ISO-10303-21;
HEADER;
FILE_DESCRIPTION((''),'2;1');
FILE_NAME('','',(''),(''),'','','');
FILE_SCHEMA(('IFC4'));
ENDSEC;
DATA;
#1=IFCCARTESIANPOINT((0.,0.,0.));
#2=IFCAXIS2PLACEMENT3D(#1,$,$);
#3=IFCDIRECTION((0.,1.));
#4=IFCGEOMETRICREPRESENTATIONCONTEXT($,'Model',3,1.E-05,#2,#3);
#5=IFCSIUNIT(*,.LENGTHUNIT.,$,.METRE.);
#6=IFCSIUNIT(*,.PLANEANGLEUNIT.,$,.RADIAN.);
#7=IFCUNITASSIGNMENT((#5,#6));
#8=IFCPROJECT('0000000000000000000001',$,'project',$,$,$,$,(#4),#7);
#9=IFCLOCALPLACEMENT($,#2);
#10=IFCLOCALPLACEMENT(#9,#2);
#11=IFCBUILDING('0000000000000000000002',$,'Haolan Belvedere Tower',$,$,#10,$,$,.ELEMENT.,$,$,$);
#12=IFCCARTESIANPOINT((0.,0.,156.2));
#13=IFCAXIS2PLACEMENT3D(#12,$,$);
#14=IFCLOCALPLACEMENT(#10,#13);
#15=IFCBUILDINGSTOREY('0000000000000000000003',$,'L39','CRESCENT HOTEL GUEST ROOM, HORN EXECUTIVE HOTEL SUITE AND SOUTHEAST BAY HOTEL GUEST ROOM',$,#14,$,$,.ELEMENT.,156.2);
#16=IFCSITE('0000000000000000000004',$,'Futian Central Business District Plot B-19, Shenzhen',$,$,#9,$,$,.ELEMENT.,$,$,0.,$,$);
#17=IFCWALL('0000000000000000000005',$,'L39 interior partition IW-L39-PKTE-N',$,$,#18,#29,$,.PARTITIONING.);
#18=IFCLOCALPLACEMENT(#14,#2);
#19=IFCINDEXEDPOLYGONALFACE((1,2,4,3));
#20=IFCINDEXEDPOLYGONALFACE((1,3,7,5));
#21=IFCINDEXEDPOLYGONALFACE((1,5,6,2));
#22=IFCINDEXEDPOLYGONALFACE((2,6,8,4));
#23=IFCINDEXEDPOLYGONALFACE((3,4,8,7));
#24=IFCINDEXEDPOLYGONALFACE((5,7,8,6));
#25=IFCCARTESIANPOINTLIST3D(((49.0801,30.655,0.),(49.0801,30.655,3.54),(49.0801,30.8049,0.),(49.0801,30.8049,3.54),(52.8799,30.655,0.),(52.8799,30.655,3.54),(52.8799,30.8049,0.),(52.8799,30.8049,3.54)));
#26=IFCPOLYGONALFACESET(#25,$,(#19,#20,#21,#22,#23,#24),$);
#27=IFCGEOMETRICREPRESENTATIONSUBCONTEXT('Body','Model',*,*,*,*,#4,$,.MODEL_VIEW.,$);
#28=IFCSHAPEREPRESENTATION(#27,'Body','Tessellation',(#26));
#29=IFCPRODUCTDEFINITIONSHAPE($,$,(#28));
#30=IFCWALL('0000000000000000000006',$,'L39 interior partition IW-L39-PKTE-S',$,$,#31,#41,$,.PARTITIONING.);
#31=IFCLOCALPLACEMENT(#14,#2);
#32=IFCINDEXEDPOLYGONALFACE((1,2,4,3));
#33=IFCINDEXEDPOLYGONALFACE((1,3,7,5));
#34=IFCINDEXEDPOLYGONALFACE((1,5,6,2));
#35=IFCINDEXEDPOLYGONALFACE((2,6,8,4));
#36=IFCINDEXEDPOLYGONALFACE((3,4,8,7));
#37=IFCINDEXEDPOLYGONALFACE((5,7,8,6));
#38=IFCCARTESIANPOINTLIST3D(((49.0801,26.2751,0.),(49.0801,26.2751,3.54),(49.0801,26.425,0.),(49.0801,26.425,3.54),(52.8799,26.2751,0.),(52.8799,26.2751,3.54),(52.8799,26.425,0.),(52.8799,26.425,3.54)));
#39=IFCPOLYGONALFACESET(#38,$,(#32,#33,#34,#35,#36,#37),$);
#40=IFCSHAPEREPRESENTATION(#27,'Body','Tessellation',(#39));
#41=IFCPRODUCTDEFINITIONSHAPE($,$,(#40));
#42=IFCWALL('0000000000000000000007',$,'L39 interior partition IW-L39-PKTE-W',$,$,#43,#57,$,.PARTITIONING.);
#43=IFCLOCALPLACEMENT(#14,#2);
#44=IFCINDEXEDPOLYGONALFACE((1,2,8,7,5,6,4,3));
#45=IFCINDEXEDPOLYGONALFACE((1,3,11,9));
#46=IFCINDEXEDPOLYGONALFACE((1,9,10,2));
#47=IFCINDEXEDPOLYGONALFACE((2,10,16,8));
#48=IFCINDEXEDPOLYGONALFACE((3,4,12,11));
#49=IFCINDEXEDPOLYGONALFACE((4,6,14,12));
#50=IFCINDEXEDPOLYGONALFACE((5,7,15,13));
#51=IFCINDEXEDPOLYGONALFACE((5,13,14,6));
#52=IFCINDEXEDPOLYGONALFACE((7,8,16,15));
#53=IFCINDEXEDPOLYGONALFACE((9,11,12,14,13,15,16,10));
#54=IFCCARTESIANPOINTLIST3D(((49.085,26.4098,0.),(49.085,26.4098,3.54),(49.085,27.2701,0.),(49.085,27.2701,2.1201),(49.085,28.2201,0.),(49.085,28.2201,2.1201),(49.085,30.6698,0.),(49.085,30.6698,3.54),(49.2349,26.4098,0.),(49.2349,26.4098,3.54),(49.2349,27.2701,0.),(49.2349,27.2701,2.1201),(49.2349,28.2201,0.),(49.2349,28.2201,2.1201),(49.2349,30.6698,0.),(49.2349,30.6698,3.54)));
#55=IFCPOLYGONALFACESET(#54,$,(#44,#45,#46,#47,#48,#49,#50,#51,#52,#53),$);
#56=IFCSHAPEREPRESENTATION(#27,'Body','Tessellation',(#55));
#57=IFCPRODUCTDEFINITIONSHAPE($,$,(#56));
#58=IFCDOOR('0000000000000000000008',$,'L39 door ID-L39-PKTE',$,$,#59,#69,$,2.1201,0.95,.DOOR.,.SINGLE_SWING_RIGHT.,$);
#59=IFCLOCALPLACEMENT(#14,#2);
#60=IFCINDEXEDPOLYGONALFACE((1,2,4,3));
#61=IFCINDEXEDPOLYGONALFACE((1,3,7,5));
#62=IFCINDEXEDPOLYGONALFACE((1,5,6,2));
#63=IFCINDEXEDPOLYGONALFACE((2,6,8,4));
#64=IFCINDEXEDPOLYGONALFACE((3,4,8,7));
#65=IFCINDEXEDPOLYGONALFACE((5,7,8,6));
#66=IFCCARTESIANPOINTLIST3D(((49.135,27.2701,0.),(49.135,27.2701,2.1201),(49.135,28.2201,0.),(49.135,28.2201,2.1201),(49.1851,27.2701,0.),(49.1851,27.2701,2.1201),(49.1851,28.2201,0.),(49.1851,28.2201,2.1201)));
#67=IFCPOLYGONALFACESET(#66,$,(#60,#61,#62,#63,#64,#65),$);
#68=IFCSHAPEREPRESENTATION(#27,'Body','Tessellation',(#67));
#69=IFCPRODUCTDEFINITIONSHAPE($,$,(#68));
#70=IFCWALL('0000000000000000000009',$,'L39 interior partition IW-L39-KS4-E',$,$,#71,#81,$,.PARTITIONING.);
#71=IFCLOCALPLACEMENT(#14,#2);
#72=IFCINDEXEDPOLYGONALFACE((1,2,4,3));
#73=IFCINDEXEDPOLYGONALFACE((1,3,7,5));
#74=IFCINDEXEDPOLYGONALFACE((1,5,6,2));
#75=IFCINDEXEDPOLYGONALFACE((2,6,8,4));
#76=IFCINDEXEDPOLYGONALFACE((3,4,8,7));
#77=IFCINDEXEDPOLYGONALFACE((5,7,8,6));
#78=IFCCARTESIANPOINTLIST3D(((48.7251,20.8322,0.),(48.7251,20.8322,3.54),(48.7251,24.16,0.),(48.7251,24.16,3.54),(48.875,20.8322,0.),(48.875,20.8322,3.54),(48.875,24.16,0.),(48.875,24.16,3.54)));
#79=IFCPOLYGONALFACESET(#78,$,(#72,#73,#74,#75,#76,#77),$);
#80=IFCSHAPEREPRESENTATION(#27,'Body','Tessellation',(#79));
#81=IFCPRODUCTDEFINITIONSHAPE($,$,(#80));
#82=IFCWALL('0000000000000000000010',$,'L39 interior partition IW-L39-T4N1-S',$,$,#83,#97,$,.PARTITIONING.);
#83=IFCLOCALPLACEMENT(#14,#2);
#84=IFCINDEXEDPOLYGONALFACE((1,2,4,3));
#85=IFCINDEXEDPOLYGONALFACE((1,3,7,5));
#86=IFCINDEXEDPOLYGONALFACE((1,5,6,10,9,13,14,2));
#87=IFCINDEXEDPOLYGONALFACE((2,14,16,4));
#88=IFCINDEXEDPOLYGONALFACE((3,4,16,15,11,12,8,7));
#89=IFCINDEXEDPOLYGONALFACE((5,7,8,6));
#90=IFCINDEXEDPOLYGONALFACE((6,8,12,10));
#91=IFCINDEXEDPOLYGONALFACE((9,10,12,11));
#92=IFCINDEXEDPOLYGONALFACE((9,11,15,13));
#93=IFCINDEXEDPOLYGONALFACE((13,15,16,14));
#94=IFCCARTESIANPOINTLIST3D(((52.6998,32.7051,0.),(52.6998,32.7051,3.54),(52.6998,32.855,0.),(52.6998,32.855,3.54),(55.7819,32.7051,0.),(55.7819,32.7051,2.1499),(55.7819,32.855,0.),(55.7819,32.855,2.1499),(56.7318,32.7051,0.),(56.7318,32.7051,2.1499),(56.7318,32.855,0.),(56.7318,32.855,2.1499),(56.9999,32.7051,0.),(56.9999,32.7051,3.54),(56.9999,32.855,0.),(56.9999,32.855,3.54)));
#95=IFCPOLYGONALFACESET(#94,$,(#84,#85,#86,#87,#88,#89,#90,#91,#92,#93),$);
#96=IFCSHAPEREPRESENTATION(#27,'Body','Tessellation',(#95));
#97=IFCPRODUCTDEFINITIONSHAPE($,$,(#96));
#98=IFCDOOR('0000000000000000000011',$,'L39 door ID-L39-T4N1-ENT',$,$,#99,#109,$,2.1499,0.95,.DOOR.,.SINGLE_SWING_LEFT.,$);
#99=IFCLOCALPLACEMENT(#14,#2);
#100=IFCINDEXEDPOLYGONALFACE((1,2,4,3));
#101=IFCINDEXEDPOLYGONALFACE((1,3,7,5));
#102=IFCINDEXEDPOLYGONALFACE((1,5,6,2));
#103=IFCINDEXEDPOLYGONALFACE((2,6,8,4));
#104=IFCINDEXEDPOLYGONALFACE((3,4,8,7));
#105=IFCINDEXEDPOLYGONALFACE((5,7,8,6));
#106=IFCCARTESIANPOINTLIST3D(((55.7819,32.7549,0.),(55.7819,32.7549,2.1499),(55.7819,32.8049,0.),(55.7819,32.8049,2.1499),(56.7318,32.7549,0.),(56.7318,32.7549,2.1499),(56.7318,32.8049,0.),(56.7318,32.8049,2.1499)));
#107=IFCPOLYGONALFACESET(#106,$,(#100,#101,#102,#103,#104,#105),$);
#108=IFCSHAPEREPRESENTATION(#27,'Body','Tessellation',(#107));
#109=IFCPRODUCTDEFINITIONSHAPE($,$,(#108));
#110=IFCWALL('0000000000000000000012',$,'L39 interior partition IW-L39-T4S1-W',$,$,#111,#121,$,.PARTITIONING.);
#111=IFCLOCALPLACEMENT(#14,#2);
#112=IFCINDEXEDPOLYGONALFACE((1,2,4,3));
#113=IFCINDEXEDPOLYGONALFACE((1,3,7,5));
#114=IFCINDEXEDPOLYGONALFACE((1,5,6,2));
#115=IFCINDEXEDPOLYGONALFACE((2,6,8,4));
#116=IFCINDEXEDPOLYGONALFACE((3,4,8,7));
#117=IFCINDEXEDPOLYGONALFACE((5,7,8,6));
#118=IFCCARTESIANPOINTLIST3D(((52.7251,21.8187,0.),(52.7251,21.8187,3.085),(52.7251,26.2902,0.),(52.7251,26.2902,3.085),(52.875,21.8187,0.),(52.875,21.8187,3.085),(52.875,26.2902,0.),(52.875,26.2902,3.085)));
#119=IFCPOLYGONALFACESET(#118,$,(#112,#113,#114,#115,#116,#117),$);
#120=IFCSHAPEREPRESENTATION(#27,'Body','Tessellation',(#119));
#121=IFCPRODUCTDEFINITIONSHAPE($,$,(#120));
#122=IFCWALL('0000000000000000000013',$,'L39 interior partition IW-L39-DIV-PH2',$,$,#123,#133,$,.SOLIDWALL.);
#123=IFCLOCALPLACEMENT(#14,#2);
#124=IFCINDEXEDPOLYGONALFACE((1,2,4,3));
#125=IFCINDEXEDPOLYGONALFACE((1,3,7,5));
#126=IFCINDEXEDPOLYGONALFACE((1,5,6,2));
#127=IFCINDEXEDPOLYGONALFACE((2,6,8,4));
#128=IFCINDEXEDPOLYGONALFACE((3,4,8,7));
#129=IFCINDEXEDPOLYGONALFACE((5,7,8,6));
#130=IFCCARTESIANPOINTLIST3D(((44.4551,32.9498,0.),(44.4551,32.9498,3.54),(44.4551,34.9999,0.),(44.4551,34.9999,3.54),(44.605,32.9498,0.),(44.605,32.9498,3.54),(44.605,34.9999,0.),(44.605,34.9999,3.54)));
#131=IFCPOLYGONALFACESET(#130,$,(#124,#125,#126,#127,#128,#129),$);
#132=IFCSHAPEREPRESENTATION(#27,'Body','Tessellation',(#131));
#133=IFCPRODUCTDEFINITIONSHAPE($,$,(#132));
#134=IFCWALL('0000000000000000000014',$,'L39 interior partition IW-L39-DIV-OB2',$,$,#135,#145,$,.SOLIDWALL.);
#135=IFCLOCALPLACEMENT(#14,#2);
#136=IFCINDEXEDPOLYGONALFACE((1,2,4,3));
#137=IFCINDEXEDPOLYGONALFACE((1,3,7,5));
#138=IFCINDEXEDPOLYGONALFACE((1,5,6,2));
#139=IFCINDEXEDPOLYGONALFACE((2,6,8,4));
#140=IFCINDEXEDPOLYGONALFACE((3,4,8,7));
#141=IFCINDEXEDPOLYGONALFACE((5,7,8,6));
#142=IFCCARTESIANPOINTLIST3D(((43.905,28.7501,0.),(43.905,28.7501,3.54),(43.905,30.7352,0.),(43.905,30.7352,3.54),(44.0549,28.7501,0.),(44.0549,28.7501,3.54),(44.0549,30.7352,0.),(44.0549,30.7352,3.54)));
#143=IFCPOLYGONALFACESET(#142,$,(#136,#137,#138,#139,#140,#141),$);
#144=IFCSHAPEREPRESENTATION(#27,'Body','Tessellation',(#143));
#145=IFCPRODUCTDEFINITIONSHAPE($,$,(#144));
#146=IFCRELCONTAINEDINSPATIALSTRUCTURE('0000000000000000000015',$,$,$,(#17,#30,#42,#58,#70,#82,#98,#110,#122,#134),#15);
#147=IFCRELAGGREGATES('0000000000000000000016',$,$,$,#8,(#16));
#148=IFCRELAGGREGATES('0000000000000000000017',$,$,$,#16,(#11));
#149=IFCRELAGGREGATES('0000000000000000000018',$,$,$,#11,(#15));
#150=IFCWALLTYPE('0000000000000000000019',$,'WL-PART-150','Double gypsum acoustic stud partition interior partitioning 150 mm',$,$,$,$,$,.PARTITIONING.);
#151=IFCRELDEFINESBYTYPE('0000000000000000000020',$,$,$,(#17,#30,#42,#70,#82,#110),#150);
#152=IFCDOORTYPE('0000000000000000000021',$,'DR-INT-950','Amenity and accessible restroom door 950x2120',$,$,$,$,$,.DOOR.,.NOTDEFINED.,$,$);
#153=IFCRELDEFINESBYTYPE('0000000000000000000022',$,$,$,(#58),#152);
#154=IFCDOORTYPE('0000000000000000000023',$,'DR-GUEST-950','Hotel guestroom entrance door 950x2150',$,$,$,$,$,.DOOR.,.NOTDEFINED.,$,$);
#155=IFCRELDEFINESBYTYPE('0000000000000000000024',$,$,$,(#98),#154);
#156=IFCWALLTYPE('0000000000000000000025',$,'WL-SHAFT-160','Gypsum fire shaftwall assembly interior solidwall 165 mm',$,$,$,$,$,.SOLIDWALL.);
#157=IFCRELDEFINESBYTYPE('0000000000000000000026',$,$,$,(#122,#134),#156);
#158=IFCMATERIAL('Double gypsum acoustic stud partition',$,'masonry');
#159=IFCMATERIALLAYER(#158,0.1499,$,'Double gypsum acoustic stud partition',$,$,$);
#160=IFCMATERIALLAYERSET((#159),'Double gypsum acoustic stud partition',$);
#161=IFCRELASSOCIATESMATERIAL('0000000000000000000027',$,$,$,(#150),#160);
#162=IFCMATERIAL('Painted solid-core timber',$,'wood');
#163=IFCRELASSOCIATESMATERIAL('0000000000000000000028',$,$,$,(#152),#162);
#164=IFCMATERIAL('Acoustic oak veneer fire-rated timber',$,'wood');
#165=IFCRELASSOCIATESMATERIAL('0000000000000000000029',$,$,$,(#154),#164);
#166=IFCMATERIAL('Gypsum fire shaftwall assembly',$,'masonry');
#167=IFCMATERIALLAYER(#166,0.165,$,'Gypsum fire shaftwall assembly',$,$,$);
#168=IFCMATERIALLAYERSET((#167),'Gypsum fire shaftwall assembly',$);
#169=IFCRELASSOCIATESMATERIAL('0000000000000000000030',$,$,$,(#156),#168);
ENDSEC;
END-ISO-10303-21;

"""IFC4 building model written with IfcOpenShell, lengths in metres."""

from ifc_helpers import new_model, si_unit, direction, frame, frame_2d, origin, place, context, subcontext, project, spatial, rectangle, extrude, material, layer, layer_set, type_object, element, fill, save


model = new_model("IFC4")

# Units and contexts
model_context = context("Model", 3, precision=1e-05, world=origin(), true_north=direction((0.0, 1.0)))
body_context = subcontext(model_context, "Body", "Model", "MODEL_VIEW")
ifc_project = project(units=[si_unit("LENGTHUNIT", "METRE"), si_unit("PLANEANGLEUNIT", "RADIAN")], contexts=[model_context])

# Site, building, storey
site_placement = place(None, origin())
site = spatial("IfcSite", under=ifc_project, at=site_placement, Name="Futian Central Business District Plot B-19, Shenzhen", CompositionType="ELEMENT", RefElevation=0.0)
building_placement = place(site_placement, origin())
building = spatial("IfcBuilding", under=site, at=building_placement, Name="Haolan Belvedere Tower", CompositionType="ELEMENT")
storey_placement = place(building_placement, frame((0.0, 0.0, 156.2)))
storey = spatial("IfcBuildingStorey", under=building, at=storey_placement, Name="L39", Description="CRESCENT HOTEL GUEST ROOM, HORN EXECUTIVE HOTEL SUITE AND SOUTHEAST BAY HOTEL GUEST ROOM", CompositionType="ELEMENT", Elevation=156.2)

# Shared definitions
ifc_material_1 = material(Name="Double gypsum acoustic stud partition", Category="masonry")
ifc_layer_1 = layer(ifc_material_1, 0.1499, Name="Double gypsum acoustic stud partition")
ifc_layer_set_1 = layer_set([ifc_layer_1], Name="Double gypsum acoustic stud partition")
wall_type_1 = type_object("IfcWallType", Name="WL-PART-150", Description="Double gypsum acoustic stud partition interior partitioning 150 mm", PredefinedType="PARTITIONING", material=ifc_layer_set_1)

# Shared definitions
ifc_material_2 = material(Name="Painted solid-core timber", Category="wood")
door_type_1 = type_object("IfcDoorType", Name="DR-INT-950", Description="Amenity and accessible restroom door 950x2120", OperationType="NOTDEFINED", PredefinedType="DOOR", material=ifc_material_2)

# Walls
for number, where, z_axis, x_axis, name in (
    (1, (49.0801, 30.73, 0.0), (0.0, 0.0, 1.0), (1.0, 0.0, 0.0), "L39 interior partition IW-L39-PKTE-N"),
    (2, (49.0801, 26.3501, 0.0), (0.0, 0.0, 1.0), (1.0, 0.0, 0.0), "L39 interior partition IW-L39-PKTE-S"),
):
    element("IfcWall", number, at=place(storey_placement, frame(where, z_axis=z_axis, x_axis=x_axis)), inside=storey, type_object=wall_type_1, Name=name, PredefinedType="PARTITIONING", context=body_context, shape_type="SweptSolid", body=[
        extrude(rectangle(XDim=3.7998, YDim=0.1499, at=frame_2d((1.8999, 0.0))), origin(), (0.0, 0.0, 1.0), 3.54),
    ])

# Wall, opening, door
wall_1_placement = place(storey_placement, frame((49.1599, 26.4099, 0.0), z_axis=(0.0, 0.0, 1.0), x_axis=(0.0, 1.0, 0.0)))
wall_1 = element("IfcWall", 3, at=wall_1_placement, inside=storey, type_object=wall_type_1, Name="L39 interior partition IW-L39-PKTE-W", PredefinedType="PARTITIONING", context=body_context, shape_type="SweptSolid", body=[
    extrude(rectangle(XDim=4.26, YDim=0.1499, at=frame_2d((2.1299, 0.0))), origin(), (0.0, 0.0, 1.0), 3.54),
])
opening_1_placement = place(wall_1_placement, frame((0.8601, 0.0, 0.0)))
opening_1 = element("IfcOpeningElement", 4, at=opening_1_placement, cuts=wall_1, PredefinedType="OPENING", context=body_context, shape_type="SweptSolid", body=[
    extrude(rectangle(XDim=0.95, YDim=2.1201, at=frame_2d((0.4751, 1.0601))), frame((0.0, 0.085, 0.0), z_axis=(0.0, -1.0, 0.0), x_axis=(1.0, 0.0, 0.0)), (0.0, 0.0, 1.0), 0.1699),
])
door_1_placement = place(opening_1_placement, origin())
door_1 = element("IfcDoor", 5, at=door_1_placement, inside=storey, type_object=door_type_1, Name="L39 door ID-L39-PKTE", OperationType="SINGLE_SWING_RIGHT", OverallHeight=2.1201, OverallWidth=0.95, PredefinedType="DOOR", context=body_context, shape_type="SweptSolid", body=[
    extrude(rectangle(XDim=0.95, YDim=2.1201, at=frame_2d((0.4751, 1.0601))), frame((0.0, 0.0249, 0.0), z_axis=(0.0, -1.0, 0.0), x_axis=(1.0, 0.0, 0.0)), (0.0, 0.0, 1.0), 0.05),
])
fill(opening_1, door_1)

# Wall
wall_2_placement = place(storey_placement, frame((48.8, 20.832, 0.0), z_axis=(0.0, 0.0, 1.0), x_axis=(0.0, 1.0, 0.0)))
element("IfcWall", 6, at=wall_2_placement, inside=storey, type_object=wall_type_1, Name="L39 interior partition IW-L39-KS4-E", PredefinedType="PARTITIONING", context=body_context, shape_type="SweptSolid", body=[
    extrude(rectangle(XDim=3.3279, YDim=0.1499, at=frame_2d((1.6641, 0.0))), origin(), (0.0, 0.0, 1.0), 3.54),
])

# Wall, opening, door
wall_3_placement = place(storey_placement, frame((52.7, 32.78, 0.0), z_axis=(0.0, 0.0, 1.0), x_axis=(1.0, 0.0, 0.0)))
wall_3 = element("IfcWall", 7, at=wall_3_placement, inside=storey, type_object=wall_type_1, Name="L39 interior partition IW-L39-T4N1-S", PredefinedType="PARTITIONING", context=body_context, shape_type="SweptSolid", body=[
    extrude(rectangle(XDim=4.3, YDim=0.1499, at=frame_2d((2.1499, 0.0))), origin(), (0.0, 0.0, 1.0), 3.54),
])
opening_2_placement = place(wall_3_placement, frame((3.0818, 0.0, 0.0)))
opening_2 = element("IfcOpeningElement", 8, at=opening_2_placement, cuts=wall_3, PredefinedType="OPENING", context=body_context, shape_type="SweptSolid", body=[
    extrude(rectangle(XDim=0.95, YDim=2.1499, at=frame_2d((0.4751, 1.075))), frame((0.0, 0.085, 0.0), z_axis=(0.0, -1.0, 0.0), x_axis=(1.0, 0.0, 0.0)), (0.0, 0.0, 1.0), 0.1699),
])
ifc_material_3 = material(Name="Acoustic oak veneer fire-rated timber", Category="wood")
door_type_2 = type_object("IfcDoorType", Name="DR-GUEST-950", Description="Hotel guestroom entrance door 950x2150", OperationType="NOTDEFINED", PredefinedType="DOOR", material=ifc_material_3)
door_2_placement = place(opening_2_placement, origin())
door_2 = element("IfcDoor", 9, at=door_2_placement, inside=storey, type_object=door_type_2, Name="L39 door ID-L39-T4N1-ENT", OperationType="SINGLE_SWING_LEFT", OverallHeight=2.1499, OverallWidth=0.95, PredefinedType="DOOR", context=body_context, shape_type="SweptSolid", body=[
    extrude(rectangle(XDim=0.95, YDim=2.1499, at=frame_2d((0.4751, 1.075))), frame((0.0, 0.0249, 0.0), z_axis=(0.0, -1.0, 0.0), x_axis=(1.0, 0.0, 0.0)), (0.0, 0.0, 1.0), 0.05),
])
fill(opening_2, door_2)

# Walls
wall_4_placement = place(storey_placement, frame((52.8, 21.8186, 0.0), z_axis=(0.0, 0.0, 1.0), x_axis=(0.0, 1.0, 0.0)))
element("IfcWall", 10, at=wall_4_placement, inside=storey, type_object=wall_type_1, Name="L39 interior partition IW-L39-T4S1-W", PredefinedType="PARTITIONING", context=body_context, shape_type="SweptSolid", body=[
    extrude(rectangle(XDim=4.4714, YDim=0.1499, at=frame_2d((2.2358, 0.0))), origin(), (0.0, 0.0, 1.0), 3.085),
])
ifc_material_4 = material(Name="Gypsum fire shaftwall assembly", Category="masonry")
ifc_layer_2 = layer(ifc_material_4, 0.165, Name="Gypsum fire shaftwall assembly")
ifc_layer_set_2 = layer_set([ifc_layer_2], Name="Gypsum fire shaftwall assembly")
wall_type_2 = type_object("IfcWallType", Name="WL-SHAFT-160", Description="Gypsum fire shaftwall assembly interior solidwall 165 mm", PredefinedType="SOLIDWALL", material=ifc_layer_set_2)
wall_5_placement = place(storey_placement, frame((44.53, 32.95, 0.0), z_axis=(0.0, 0.0, 1.0), x_axis=(0.0, 1.0, 0.0)))
element("IfcWall", 11, at=wall_5_placement, inside=storey, type_object=wall_type_2, Name="L39 interior partition IW-L39-DIV-PH2", PredefinedType="SOLIDWALL", context=body_context, shape_type="SweptSolid", body=[
    extrude(rectangle(XDim=2.05, YDim=0.1499, at=frame_2d((1.0249, 0.0))), origin(), (0.0, 0.0, 1.0), 3.54),
])
wall_6_placement = place(storey_placement, frame((43.98, 28.75, 0.0), z_axis=(0.0, 0.0, 1.0), x_axis=(0.0, 1.0, 0.0)))
element("IfcWall", 12, at=wall_6_placement, inside=storey, type_object=wall_type_2, Name="L39 interior partition IW-L39-DIV-OB2", PredefinedType="SOLIDWALL", context=body_context, shape_type="SweptSolid", body=[
    extrude(rectangle(XDim=1.9851, YDim=0.1499, at=frame_2d((0.9927, 0.0))), origin(), (0.0, 0.0, 1.0), 3.54),
])

save(model, "model.ifc")
